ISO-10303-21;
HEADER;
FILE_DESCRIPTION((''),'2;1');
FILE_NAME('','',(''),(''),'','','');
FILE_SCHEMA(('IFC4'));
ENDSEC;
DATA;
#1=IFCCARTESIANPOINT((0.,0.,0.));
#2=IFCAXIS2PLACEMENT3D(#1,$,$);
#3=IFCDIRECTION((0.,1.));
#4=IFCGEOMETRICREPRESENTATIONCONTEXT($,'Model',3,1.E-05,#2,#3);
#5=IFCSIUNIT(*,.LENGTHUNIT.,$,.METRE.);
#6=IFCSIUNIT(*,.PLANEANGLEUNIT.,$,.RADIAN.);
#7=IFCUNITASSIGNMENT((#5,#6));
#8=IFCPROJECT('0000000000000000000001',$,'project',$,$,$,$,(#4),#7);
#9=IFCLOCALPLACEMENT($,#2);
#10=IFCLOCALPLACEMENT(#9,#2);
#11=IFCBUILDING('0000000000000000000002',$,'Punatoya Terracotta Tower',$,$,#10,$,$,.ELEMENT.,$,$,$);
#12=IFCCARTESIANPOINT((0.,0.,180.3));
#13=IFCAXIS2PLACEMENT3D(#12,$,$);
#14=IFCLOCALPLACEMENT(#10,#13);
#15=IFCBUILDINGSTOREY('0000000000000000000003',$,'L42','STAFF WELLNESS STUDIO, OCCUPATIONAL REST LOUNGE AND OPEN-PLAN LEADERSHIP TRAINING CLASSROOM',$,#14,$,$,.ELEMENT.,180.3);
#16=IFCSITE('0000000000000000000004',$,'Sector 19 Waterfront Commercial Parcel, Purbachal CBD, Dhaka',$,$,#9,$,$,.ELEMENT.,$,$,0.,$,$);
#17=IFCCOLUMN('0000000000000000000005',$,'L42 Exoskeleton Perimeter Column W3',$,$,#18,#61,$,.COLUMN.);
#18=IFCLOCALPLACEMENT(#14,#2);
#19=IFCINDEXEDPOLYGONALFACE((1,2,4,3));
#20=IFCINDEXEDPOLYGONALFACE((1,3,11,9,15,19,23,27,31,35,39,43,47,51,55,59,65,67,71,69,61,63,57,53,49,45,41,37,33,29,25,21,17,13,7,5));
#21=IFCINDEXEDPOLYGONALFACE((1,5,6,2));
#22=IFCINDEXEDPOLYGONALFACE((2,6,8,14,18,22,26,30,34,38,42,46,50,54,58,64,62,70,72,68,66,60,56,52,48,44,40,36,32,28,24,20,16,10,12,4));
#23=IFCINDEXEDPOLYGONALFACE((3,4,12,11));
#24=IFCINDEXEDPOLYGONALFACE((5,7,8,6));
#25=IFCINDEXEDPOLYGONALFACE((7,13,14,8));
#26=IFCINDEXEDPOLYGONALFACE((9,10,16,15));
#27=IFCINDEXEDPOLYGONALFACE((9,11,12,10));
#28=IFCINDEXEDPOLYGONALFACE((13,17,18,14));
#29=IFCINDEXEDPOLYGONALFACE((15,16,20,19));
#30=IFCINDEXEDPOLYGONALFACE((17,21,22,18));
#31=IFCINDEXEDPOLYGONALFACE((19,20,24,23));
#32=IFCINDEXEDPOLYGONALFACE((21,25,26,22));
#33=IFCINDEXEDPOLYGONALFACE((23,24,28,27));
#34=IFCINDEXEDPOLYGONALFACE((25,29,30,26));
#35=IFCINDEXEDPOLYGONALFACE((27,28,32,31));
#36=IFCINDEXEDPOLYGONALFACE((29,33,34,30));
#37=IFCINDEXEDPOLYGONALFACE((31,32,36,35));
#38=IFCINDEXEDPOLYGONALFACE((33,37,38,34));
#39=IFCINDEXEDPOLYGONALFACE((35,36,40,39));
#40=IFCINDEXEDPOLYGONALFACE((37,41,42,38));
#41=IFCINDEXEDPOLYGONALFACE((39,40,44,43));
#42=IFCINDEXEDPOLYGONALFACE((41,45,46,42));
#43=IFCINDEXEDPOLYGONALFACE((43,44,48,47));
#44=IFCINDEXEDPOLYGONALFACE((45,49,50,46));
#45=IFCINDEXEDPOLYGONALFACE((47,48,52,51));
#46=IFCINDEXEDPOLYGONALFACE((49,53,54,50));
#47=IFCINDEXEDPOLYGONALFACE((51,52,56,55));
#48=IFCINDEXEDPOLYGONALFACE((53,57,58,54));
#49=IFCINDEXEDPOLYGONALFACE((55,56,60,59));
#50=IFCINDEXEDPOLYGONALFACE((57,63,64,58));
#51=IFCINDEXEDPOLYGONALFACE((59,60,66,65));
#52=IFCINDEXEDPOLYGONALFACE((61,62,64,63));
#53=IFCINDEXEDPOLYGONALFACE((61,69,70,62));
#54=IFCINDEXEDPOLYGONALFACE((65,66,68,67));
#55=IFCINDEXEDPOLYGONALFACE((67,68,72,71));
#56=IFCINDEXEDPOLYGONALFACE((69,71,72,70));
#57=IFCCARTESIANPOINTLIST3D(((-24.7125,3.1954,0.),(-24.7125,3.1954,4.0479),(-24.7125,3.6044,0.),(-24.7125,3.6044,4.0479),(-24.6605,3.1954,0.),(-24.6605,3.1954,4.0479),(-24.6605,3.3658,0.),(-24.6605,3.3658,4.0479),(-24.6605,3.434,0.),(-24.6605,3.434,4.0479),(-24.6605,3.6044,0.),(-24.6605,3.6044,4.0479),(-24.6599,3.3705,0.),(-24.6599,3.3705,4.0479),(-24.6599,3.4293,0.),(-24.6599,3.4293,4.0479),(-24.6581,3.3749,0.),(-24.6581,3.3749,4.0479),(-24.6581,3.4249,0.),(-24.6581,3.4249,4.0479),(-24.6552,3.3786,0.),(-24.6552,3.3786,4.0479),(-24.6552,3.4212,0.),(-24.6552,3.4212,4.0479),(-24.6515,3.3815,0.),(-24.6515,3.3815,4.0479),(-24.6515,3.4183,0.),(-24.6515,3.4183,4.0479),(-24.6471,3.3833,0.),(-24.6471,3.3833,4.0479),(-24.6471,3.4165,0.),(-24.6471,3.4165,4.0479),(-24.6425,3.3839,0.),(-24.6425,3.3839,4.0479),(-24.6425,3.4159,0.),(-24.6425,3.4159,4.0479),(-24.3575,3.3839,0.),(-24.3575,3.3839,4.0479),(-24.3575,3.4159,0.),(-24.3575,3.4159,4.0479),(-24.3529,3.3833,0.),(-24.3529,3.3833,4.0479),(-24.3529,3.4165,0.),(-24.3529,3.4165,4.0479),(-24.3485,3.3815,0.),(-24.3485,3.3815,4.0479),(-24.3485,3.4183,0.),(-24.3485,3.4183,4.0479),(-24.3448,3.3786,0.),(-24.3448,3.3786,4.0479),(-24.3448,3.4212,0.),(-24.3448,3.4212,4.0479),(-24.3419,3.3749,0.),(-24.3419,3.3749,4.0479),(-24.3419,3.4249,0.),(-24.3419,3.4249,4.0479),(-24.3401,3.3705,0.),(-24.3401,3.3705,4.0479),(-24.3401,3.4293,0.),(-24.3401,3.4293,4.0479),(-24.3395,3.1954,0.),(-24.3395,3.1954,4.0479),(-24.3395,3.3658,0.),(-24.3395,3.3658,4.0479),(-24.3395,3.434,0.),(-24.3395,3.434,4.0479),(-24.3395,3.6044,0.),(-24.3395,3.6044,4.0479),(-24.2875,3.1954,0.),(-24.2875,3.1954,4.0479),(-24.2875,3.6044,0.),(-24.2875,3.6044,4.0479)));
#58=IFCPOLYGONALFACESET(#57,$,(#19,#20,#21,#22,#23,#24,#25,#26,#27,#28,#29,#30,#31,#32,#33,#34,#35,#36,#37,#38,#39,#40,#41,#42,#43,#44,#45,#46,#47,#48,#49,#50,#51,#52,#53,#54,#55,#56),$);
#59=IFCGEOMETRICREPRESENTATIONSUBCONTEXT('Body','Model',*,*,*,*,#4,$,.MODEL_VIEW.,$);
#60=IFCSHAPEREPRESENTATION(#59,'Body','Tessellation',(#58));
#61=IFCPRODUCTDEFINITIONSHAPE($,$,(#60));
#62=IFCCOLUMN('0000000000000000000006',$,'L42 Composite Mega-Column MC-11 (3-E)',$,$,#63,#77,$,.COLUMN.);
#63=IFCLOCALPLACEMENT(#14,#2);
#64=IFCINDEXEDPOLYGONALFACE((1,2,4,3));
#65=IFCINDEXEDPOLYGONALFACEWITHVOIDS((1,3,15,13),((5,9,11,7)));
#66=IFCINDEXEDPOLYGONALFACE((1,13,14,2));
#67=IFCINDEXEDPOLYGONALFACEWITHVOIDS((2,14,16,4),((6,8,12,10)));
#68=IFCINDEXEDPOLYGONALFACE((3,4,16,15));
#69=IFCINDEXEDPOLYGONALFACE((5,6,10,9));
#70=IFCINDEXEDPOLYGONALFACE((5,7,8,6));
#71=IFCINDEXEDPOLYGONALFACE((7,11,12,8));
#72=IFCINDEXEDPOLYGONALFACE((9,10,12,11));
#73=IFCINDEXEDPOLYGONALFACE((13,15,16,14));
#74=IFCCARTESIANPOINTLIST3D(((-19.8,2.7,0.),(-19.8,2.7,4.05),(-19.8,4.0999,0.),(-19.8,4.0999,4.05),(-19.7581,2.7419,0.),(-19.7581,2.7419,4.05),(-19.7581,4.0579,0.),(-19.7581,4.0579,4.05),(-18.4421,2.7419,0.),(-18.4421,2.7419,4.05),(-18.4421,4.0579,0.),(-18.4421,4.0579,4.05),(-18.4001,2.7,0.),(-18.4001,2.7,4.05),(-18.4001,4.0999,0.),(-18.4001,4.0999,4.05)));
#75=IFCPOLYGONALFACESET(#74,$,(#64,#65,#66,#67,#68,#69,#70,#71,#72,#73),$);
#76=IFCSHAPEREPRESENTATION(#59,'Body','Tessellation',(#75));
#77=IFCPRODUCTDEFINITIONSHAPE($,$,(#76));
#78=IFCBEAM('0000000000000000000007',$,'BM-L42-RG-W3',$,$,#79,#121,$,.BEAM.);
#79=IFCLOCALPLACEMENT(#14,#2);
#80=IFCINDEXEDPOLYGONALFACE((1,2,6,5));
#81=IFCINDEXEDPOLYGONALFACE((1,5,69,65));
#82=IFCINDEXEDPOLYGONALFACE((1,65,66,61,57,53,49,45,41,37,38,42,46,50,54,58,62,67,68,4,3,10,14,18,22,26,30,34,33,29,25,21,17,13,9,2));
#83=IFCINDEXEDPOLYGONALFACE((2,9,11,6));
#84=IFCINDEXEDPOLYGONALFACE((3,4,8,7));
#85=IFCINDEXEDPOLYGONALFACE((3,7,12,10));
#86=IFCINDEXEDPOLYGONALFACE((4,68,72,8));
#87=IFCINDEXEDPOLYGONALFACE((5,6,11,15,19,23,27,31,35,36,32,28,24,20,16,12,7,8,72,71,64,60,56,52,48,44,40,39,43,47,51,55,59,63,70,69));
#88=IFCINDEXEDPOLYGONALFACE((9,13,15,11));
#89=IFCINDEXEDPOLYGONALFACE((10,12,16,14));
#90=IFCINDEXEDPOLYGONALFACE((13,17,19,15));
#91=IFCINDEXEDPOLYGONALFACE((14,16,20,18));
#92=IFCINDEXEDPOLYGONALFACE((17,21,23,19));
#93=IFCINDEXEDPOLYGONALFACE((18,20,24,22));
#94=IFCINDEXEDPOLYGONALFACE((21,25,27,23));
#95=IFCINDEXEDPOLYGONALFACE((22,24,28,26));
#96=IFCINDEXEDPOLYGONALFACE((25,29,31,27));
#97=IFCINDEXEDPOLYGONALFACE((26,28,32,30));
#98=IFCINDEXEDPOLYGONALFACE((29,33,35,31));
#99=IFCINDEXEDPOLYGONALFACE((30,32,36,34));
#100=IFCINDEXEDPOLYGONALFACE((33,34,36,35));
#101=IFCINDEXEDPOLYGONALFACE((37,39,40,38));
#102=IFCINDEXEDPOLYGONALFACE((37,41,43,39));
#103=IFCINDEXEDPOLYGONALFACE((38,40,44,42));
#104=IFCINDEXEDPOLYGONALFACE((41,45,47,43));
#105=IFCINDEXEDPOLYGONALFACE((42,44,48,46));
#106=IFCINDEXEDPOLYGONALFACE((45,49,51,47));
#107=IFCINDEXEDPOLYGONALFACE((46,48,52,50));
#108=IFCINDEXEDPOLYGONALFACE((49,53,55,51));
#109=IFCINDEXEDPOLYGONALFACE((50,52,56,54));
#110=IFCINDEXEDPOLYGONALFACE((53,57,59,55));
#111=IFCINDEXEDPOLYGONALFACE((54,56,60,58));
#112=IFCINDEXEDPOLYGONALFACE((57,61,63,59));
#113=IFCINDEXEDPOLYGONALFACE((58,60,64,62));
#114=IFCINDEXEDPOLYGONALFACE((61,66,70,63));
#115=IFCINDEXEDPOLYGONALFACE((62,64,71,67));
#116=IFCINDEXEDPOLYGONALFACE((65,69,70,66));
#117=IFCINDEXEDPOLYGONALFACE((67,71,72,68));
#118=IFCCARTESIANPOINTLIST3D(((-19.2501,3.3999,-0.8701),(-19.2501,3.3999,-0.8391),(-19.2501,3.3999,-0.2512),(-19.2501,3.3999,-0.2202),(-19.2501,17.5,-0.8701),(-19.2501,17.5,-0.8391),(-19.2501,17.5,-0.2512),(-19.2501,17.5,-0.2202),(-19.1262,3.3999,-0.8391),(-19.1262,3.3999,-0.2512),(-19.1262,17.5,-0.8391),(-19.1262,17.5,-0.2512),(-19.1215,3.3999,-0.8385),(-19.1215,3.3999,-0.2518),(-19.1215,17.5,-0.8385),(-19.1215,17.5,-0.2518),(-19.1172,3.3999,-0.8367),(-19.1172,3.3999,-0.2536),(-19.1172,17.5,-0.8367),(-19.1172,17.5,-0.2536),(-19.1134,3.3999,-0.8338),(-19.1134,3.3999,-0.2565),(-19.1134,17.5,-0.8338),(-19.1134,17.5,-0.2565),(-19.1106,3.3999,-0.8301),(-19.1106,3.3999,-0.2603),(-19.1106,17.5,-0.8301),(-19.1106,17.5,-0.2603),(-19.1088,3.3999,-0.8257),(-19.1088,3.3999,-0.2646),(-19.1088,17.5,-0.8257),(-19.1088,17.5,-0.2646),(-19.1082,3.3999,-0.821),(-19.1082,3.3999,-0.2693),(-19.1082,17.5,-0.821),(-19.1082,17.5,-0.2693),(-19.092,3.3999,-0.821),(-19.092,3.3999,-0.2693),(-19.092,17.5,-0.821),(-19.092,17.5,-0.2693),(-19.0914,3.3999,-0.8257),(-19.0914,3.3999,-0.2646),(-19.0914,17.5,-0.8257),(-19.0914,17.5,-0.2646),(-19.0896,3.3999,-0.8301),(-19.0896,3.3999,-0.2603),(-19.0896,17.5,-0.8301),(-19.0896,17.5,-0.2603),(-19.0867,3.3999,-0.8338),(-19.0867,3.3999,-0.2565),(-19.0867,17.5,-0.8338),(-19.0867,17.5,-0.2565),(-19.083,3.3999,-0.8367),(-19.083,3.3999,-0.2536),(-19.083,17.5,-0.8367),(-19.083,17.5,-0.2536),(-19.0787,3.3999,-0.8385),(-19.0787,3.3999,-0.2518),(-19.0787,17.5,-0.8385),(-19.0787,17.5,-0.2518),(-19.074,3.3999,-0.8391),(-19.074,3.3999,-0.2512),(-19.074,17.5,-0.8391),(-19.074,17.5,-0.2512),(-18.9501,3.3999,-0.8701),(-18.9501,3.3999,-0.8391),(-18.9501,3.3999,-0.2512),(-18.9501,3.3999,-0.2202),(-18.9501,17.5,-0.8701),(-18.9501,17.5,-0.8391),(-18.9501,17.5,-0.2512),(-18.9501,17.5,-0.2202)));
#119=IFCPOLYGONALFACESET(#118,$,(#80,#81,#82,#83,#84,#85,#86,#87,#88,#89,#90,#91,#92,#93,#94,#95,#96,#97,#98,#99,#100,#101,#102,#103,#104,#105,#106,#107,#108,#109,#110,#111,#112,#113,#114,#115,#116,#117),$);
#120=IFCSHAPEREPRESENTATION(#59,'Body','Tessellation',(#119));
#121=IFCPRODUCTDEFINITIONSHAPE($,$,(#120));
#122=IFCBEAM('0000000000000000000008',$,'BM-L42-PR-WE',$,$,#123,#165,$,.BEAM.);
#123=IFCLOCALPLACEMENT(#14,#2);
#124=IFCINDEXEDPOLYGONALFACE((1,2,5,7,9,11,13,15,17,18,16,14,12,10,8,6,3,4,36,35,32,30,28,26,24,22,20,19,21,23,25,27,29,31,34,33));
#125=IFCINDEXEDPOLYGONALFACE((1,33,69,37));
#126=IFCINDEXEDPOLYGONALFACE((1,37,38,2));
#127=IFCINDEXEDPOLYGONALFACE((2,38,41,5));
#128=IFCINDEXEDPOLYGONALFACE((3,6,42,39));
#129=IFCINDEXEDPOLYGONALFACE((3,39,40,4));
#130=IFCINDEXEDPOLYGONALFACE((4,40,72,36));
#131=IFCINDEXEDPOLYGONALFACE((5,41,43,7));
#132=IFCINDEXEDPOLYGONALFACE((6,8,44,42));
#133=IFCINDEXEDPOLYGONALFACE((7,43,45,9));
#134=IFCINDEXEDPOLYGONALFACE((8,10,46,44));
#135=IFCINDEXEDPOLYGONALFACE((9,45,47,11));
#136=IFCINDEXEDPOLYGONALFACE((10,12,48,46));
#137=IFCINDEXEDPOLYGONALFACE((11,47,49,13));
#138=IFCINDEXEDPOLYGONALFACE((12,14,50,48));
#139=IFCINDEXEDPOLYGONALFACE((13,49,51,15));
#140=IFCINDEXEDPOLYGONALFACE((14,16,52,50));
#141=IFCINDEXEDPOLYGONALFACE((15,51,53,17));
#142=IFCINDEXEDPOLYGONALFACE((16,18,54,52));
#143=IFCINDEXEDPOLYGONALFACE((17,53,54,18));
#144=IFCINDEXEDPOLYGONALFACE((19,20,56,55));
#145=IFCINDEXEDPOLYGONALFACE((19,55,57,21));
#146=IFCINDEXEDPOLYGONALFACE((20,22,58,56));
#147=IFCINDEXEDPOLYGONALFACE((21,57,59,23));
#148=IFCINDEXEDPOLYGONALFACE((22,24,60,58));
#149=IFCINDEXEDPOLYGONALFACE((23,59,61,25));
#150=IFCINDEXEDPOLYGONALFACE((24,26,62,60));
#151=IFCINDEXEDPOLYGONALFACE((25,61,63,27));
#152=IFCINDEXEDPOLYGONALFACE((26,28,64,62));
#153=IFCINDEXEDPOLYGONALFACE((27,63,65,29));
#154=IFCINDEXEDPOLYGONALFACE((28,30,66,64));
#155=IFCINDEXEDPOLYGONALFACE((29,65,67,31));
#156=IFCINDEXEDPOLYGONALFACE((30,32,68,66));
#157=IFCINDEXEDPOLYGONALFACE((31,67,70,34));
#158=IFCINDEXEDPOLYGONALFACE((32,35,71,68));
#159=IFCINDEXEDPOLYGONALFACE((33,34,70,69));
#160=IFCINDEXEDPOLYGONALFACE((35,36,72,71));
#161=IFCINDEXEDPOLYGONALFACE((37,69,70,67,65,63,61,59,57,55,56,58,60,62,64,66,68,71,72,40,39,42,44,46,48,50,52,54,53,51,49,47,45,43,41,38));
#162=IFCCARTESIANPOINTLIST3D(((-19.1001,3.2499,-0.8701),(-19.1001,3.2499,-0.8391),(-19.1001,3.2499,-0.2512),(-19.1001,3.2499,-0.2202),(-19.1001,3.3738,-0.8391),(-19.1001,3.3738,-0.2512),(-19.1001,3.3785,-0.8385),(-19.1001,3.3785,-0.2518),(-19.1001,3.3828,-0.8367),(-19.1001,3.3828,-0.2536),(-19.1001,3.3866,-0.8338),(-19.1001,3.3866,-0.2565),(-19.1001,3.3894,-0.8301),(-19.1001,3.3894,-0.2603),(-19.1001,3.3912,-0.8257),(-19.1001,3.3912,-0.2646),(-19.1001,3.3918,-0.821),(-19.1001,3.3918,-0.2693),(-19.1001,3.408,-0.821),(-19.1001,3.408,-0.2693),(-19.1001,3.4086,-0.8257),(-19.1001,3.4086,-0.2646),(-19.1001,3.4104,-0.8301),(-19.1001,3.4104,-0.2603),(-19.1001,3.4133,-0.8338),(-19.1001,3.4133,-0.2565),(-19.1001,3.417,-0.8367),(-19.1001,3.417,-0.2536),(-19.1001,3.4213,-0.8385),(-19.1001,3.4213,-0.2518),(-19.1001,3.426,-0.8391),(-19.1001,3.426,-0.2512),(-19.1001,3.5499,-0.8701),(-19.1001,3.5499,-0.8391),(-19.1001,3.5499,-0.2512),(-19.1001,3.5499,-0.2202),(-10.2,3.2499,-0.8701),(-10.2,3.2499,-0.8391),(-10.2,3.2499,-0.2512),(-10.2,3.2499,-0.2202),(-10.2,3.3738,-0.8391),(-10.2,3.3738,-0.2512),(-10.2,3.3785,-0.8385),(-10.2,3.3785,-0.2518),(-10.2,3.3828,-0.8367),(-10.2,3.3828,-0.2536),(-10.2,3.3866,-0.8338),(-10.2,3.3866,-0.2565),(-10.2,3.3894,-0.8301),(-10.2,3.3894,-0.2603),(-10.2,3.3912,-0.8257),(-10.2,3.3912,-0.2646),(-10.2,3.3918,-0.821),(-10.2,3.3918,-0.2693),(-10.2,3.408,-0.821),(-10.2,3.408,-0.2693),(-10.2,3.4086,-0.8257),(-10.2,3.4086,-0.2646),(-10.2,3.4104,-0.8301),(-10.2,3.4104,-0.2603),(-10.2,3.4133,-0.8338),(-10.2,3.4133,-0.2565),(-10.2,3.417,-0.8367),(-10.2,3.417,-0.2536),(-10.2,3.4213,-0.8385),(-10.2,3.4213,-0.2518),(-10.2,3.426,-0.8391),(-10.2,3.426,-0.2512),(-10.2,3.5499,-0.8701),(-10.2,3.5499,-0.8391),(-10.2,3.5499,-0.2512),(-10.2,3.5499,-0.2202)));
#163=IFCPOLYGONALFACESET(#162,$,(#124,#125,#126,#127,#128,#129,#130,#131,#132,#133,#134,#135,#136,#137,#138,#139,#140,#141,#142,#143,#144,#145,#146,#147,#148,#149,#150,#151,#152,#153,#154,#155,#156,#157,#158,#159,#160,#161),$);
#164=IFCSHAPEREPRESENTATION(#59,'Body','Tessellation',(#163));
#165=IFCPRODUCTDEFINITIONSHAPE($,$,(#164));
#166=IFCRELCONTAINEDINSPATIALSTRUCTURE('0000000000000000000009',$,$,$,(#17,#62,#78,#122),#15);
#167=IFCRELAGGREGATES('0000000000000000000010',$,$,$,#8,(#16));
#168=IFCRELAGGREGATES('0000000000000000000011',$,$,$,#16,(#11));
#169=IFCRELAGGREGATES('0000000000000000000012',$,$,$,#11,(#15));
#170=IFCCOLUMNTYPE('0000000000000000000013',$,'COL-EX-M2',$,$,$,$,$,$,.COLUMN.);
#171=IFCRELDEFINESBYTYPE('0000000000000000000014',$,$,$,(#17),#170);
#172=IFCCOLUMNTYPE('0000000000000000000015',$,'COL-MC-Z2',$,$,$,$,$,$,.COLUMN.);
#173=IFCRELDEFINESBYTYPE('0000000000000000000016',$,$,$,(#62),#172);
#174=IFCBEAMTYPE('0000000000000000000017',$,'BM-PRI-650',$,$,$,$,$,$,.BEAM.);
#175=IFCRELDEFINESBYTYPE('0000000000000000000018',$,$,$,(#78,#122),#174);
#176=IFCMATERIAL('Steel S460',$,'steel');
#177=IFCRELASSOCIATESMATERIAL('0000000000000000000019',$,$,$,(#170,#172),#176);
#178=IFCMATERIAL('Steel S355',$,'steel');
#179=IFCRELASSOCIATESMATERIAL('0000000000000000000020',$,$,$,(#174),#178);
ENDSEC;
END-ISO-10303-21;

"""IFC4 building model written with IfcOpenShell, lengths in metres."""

from ifc_helpers import new_model, si_unit, direction, frame, origin, origin_2d, place, context, subcontext, project, spatial, hollow_rectangle, i_section, extrude, material, material_profile, profile_set, type_object, element, save


model = new_model("IFC4")

# Units and contexts
model_context = context("Model", 3, precision=1e-05, world=origin(), true_north=direction((0.0, 1.0)))
body_context = subcontext(model_context, "Body", "Model", "MODEL_VIEW")
ifc_project = project(units=[si_unit("LENGTHUNIT", "METRE"), si_unit("PLANEANGLEUNIT", "RADIAN")], contexts=[model_context])

# Site, building, storey
site_placement = place(None, origin())
site = spatial("IfcSite", under=ifc_project, at=site_placement, Name="Sector 19 Waterfront Commercial Parcel, Purbachal CBD, Dhaka", CompositionType="ELEMENT", RefElevation=0.0)
building_placement = place(site_placement, origin())
building = spatial("IfcBuilding", under=site, at=building_placement, Name="Punatoya Terracotta Tower", CompositionType="ELEMENT")
storey_placement = place(building_placement, frame((0.0, 0.0, 180.3)))
storey = spatial("IfcBuildingStorey", under=building, at=storey_placement, Name="L42", Description="STAFF WELLNESS STUDIO, OCCUPATIONAL REST LOUNGE AND OPEN-PLAN LEADERSHIP TRAINING CLASSROOM", CompositionType="ELEMENT", Elevation=180.3)

# Columns
ifc_material_1 = material(Name="Steel S460", Category="steel")
ifc_material_profile_1 = material_profile(ifc_material_1, i_section(OverallWidth=0.4089, OverallDepth=0.425, WebThickness=0.032, FlangeThickness=0.052, FilletRadius=0.0181, at=origin_2d()))
ifc_profile_set_1 = profile_set([ifc_material_profile_1], Name="Steel S460")
column_type_1 = type_object("IfcColumnType", Name="COL-EX-M2", PredefinedType="COLUMN", material=ifc_profile_set_1)
column_1_placement = place(storey_placement, frame((-24.5, 3.3999, 0.0), z_axis=(0.0, 0.0, 1.0), x_axis=(0.0, 1.0, 0.0)))
element("IfcColumn", 1, at=column_1_placement, inside=storey, type_object=column_type_1, Name="L42 Exoskeleton Perimeter Column W3", PredefinedType="COLUMN", context=body_context, shape_type="SweptSolid", body=[
    extrude(i_section(OverallWidth=0.4089, OverallDepth=0.425, WebThickness=0.032, FlangeThickness=0.052, FilletRadius=0.0181, at=origin_2d()), origin(), (0.0, 0.0, 1.0), 4.0479),
])
ifc_material_profile_2 = material_profile(ifc_material_1, hollow_rectangle(XDim=1.3999, YDim=1.3999, WallThickness=0.042, at=origin_2d()))
ifc_profile_set_2 = profile_set([ifc_material_profile_2], Name="Steel S460")
column_type_2 = type_object("IfcColumnType", Name="COL-MC-Z2", PredefinedType="COLUMN", material=ifc_profile_set_2)
column_2_placement = place(storey_placement, frame((-19.1001, 3.3999, 0.0), z_axis=(0.0, 0.0, 1.0), x_axis=(1.0, 0.0, 0.0)))
element("IfcColumn", 2, at=column_2_placement, inside=storey, type_object=column_type_2, Name="L42 Composite Mega-Column MC-11 (3-E)", PredefinedType="COLUMN", context=body_context, shape_type="SweptSolid", body=[
    extrude(hollow_rectangle(XDim=1.3999, YDim=1.3999, WallThickness=0.042, at=origin_2d()), origin(), (0.0, 0.0, 1.0), 4.05),
])

# Beams
ifc_material_2 = material(Name="Steel S355", Category="steel")
ifc_material_profile_3 = material_profile(ifc_material_2, i_section(OverallWidth=0.3, OverallDepth=0.6499, WebThickness=0.0161, FlangeThickness=0.031, FilletRadius=0.0181, at=origin_2d()))
ifc_profile_set_3 = profile_set([ifc_material_profile_3], Name="Steel S355")
beam_type_1 = type_object("IfcBeamType", Name="BM-PRI-650", PredefinedType="BEAM", material=ifc_profile_set_3)
beam_1_placement = place(storey_placement, frame((-19.1001, 3.3999, -0.5452), z_axis=(0.0, 1.0, 0.0), x_axis=(-1.0, 0.0, 0.0)))
element("IfcBeam", 3, at=beam_1_placement, inside=storey, type_object=beam_type_1, Name="BM-L42-RG-W3", PredefinedType="BEAM", context=body_context, shape_type="SweptSolid", body=[
    extrude(i_section(OverallWidth=0.3, OverallDepth=0.6499, WebThickness=0.0161, FlangeThickness=0.031, FilletRadius=0.0181, at=origin_2d()), origin(), (0.0, 0.0, 1.0), 14.1001),
])
for number, where, z_axis, x_axis, name in (
    (4, (-19.1001, 3.3999, -0.5452), (1.0, 0.0, 0.0), (0.0, 1.0, 0.0), "BM-L42-PR-WE"),
):
    element("IfcBeam", number, at=place(storey_placement, frame(where, z_axis=z_axis, x_axis=x_axis)), inside=storey, type_object=beam_type_1, Name=name, PredefinedType="BEAM", context=body_context, shape_type="SweptSolid", body=[
        extrude(i_section(OverallWidth=0.3, OverallDepth=0.6499, WebThickness=0.0161, FlangeThickness=0.031, FilletRadius=0.0181, at=origin_2d()), origin(), (0.0, 0.0, 1.0), 8.9001),
    ])

save(model, "model.ifc")
